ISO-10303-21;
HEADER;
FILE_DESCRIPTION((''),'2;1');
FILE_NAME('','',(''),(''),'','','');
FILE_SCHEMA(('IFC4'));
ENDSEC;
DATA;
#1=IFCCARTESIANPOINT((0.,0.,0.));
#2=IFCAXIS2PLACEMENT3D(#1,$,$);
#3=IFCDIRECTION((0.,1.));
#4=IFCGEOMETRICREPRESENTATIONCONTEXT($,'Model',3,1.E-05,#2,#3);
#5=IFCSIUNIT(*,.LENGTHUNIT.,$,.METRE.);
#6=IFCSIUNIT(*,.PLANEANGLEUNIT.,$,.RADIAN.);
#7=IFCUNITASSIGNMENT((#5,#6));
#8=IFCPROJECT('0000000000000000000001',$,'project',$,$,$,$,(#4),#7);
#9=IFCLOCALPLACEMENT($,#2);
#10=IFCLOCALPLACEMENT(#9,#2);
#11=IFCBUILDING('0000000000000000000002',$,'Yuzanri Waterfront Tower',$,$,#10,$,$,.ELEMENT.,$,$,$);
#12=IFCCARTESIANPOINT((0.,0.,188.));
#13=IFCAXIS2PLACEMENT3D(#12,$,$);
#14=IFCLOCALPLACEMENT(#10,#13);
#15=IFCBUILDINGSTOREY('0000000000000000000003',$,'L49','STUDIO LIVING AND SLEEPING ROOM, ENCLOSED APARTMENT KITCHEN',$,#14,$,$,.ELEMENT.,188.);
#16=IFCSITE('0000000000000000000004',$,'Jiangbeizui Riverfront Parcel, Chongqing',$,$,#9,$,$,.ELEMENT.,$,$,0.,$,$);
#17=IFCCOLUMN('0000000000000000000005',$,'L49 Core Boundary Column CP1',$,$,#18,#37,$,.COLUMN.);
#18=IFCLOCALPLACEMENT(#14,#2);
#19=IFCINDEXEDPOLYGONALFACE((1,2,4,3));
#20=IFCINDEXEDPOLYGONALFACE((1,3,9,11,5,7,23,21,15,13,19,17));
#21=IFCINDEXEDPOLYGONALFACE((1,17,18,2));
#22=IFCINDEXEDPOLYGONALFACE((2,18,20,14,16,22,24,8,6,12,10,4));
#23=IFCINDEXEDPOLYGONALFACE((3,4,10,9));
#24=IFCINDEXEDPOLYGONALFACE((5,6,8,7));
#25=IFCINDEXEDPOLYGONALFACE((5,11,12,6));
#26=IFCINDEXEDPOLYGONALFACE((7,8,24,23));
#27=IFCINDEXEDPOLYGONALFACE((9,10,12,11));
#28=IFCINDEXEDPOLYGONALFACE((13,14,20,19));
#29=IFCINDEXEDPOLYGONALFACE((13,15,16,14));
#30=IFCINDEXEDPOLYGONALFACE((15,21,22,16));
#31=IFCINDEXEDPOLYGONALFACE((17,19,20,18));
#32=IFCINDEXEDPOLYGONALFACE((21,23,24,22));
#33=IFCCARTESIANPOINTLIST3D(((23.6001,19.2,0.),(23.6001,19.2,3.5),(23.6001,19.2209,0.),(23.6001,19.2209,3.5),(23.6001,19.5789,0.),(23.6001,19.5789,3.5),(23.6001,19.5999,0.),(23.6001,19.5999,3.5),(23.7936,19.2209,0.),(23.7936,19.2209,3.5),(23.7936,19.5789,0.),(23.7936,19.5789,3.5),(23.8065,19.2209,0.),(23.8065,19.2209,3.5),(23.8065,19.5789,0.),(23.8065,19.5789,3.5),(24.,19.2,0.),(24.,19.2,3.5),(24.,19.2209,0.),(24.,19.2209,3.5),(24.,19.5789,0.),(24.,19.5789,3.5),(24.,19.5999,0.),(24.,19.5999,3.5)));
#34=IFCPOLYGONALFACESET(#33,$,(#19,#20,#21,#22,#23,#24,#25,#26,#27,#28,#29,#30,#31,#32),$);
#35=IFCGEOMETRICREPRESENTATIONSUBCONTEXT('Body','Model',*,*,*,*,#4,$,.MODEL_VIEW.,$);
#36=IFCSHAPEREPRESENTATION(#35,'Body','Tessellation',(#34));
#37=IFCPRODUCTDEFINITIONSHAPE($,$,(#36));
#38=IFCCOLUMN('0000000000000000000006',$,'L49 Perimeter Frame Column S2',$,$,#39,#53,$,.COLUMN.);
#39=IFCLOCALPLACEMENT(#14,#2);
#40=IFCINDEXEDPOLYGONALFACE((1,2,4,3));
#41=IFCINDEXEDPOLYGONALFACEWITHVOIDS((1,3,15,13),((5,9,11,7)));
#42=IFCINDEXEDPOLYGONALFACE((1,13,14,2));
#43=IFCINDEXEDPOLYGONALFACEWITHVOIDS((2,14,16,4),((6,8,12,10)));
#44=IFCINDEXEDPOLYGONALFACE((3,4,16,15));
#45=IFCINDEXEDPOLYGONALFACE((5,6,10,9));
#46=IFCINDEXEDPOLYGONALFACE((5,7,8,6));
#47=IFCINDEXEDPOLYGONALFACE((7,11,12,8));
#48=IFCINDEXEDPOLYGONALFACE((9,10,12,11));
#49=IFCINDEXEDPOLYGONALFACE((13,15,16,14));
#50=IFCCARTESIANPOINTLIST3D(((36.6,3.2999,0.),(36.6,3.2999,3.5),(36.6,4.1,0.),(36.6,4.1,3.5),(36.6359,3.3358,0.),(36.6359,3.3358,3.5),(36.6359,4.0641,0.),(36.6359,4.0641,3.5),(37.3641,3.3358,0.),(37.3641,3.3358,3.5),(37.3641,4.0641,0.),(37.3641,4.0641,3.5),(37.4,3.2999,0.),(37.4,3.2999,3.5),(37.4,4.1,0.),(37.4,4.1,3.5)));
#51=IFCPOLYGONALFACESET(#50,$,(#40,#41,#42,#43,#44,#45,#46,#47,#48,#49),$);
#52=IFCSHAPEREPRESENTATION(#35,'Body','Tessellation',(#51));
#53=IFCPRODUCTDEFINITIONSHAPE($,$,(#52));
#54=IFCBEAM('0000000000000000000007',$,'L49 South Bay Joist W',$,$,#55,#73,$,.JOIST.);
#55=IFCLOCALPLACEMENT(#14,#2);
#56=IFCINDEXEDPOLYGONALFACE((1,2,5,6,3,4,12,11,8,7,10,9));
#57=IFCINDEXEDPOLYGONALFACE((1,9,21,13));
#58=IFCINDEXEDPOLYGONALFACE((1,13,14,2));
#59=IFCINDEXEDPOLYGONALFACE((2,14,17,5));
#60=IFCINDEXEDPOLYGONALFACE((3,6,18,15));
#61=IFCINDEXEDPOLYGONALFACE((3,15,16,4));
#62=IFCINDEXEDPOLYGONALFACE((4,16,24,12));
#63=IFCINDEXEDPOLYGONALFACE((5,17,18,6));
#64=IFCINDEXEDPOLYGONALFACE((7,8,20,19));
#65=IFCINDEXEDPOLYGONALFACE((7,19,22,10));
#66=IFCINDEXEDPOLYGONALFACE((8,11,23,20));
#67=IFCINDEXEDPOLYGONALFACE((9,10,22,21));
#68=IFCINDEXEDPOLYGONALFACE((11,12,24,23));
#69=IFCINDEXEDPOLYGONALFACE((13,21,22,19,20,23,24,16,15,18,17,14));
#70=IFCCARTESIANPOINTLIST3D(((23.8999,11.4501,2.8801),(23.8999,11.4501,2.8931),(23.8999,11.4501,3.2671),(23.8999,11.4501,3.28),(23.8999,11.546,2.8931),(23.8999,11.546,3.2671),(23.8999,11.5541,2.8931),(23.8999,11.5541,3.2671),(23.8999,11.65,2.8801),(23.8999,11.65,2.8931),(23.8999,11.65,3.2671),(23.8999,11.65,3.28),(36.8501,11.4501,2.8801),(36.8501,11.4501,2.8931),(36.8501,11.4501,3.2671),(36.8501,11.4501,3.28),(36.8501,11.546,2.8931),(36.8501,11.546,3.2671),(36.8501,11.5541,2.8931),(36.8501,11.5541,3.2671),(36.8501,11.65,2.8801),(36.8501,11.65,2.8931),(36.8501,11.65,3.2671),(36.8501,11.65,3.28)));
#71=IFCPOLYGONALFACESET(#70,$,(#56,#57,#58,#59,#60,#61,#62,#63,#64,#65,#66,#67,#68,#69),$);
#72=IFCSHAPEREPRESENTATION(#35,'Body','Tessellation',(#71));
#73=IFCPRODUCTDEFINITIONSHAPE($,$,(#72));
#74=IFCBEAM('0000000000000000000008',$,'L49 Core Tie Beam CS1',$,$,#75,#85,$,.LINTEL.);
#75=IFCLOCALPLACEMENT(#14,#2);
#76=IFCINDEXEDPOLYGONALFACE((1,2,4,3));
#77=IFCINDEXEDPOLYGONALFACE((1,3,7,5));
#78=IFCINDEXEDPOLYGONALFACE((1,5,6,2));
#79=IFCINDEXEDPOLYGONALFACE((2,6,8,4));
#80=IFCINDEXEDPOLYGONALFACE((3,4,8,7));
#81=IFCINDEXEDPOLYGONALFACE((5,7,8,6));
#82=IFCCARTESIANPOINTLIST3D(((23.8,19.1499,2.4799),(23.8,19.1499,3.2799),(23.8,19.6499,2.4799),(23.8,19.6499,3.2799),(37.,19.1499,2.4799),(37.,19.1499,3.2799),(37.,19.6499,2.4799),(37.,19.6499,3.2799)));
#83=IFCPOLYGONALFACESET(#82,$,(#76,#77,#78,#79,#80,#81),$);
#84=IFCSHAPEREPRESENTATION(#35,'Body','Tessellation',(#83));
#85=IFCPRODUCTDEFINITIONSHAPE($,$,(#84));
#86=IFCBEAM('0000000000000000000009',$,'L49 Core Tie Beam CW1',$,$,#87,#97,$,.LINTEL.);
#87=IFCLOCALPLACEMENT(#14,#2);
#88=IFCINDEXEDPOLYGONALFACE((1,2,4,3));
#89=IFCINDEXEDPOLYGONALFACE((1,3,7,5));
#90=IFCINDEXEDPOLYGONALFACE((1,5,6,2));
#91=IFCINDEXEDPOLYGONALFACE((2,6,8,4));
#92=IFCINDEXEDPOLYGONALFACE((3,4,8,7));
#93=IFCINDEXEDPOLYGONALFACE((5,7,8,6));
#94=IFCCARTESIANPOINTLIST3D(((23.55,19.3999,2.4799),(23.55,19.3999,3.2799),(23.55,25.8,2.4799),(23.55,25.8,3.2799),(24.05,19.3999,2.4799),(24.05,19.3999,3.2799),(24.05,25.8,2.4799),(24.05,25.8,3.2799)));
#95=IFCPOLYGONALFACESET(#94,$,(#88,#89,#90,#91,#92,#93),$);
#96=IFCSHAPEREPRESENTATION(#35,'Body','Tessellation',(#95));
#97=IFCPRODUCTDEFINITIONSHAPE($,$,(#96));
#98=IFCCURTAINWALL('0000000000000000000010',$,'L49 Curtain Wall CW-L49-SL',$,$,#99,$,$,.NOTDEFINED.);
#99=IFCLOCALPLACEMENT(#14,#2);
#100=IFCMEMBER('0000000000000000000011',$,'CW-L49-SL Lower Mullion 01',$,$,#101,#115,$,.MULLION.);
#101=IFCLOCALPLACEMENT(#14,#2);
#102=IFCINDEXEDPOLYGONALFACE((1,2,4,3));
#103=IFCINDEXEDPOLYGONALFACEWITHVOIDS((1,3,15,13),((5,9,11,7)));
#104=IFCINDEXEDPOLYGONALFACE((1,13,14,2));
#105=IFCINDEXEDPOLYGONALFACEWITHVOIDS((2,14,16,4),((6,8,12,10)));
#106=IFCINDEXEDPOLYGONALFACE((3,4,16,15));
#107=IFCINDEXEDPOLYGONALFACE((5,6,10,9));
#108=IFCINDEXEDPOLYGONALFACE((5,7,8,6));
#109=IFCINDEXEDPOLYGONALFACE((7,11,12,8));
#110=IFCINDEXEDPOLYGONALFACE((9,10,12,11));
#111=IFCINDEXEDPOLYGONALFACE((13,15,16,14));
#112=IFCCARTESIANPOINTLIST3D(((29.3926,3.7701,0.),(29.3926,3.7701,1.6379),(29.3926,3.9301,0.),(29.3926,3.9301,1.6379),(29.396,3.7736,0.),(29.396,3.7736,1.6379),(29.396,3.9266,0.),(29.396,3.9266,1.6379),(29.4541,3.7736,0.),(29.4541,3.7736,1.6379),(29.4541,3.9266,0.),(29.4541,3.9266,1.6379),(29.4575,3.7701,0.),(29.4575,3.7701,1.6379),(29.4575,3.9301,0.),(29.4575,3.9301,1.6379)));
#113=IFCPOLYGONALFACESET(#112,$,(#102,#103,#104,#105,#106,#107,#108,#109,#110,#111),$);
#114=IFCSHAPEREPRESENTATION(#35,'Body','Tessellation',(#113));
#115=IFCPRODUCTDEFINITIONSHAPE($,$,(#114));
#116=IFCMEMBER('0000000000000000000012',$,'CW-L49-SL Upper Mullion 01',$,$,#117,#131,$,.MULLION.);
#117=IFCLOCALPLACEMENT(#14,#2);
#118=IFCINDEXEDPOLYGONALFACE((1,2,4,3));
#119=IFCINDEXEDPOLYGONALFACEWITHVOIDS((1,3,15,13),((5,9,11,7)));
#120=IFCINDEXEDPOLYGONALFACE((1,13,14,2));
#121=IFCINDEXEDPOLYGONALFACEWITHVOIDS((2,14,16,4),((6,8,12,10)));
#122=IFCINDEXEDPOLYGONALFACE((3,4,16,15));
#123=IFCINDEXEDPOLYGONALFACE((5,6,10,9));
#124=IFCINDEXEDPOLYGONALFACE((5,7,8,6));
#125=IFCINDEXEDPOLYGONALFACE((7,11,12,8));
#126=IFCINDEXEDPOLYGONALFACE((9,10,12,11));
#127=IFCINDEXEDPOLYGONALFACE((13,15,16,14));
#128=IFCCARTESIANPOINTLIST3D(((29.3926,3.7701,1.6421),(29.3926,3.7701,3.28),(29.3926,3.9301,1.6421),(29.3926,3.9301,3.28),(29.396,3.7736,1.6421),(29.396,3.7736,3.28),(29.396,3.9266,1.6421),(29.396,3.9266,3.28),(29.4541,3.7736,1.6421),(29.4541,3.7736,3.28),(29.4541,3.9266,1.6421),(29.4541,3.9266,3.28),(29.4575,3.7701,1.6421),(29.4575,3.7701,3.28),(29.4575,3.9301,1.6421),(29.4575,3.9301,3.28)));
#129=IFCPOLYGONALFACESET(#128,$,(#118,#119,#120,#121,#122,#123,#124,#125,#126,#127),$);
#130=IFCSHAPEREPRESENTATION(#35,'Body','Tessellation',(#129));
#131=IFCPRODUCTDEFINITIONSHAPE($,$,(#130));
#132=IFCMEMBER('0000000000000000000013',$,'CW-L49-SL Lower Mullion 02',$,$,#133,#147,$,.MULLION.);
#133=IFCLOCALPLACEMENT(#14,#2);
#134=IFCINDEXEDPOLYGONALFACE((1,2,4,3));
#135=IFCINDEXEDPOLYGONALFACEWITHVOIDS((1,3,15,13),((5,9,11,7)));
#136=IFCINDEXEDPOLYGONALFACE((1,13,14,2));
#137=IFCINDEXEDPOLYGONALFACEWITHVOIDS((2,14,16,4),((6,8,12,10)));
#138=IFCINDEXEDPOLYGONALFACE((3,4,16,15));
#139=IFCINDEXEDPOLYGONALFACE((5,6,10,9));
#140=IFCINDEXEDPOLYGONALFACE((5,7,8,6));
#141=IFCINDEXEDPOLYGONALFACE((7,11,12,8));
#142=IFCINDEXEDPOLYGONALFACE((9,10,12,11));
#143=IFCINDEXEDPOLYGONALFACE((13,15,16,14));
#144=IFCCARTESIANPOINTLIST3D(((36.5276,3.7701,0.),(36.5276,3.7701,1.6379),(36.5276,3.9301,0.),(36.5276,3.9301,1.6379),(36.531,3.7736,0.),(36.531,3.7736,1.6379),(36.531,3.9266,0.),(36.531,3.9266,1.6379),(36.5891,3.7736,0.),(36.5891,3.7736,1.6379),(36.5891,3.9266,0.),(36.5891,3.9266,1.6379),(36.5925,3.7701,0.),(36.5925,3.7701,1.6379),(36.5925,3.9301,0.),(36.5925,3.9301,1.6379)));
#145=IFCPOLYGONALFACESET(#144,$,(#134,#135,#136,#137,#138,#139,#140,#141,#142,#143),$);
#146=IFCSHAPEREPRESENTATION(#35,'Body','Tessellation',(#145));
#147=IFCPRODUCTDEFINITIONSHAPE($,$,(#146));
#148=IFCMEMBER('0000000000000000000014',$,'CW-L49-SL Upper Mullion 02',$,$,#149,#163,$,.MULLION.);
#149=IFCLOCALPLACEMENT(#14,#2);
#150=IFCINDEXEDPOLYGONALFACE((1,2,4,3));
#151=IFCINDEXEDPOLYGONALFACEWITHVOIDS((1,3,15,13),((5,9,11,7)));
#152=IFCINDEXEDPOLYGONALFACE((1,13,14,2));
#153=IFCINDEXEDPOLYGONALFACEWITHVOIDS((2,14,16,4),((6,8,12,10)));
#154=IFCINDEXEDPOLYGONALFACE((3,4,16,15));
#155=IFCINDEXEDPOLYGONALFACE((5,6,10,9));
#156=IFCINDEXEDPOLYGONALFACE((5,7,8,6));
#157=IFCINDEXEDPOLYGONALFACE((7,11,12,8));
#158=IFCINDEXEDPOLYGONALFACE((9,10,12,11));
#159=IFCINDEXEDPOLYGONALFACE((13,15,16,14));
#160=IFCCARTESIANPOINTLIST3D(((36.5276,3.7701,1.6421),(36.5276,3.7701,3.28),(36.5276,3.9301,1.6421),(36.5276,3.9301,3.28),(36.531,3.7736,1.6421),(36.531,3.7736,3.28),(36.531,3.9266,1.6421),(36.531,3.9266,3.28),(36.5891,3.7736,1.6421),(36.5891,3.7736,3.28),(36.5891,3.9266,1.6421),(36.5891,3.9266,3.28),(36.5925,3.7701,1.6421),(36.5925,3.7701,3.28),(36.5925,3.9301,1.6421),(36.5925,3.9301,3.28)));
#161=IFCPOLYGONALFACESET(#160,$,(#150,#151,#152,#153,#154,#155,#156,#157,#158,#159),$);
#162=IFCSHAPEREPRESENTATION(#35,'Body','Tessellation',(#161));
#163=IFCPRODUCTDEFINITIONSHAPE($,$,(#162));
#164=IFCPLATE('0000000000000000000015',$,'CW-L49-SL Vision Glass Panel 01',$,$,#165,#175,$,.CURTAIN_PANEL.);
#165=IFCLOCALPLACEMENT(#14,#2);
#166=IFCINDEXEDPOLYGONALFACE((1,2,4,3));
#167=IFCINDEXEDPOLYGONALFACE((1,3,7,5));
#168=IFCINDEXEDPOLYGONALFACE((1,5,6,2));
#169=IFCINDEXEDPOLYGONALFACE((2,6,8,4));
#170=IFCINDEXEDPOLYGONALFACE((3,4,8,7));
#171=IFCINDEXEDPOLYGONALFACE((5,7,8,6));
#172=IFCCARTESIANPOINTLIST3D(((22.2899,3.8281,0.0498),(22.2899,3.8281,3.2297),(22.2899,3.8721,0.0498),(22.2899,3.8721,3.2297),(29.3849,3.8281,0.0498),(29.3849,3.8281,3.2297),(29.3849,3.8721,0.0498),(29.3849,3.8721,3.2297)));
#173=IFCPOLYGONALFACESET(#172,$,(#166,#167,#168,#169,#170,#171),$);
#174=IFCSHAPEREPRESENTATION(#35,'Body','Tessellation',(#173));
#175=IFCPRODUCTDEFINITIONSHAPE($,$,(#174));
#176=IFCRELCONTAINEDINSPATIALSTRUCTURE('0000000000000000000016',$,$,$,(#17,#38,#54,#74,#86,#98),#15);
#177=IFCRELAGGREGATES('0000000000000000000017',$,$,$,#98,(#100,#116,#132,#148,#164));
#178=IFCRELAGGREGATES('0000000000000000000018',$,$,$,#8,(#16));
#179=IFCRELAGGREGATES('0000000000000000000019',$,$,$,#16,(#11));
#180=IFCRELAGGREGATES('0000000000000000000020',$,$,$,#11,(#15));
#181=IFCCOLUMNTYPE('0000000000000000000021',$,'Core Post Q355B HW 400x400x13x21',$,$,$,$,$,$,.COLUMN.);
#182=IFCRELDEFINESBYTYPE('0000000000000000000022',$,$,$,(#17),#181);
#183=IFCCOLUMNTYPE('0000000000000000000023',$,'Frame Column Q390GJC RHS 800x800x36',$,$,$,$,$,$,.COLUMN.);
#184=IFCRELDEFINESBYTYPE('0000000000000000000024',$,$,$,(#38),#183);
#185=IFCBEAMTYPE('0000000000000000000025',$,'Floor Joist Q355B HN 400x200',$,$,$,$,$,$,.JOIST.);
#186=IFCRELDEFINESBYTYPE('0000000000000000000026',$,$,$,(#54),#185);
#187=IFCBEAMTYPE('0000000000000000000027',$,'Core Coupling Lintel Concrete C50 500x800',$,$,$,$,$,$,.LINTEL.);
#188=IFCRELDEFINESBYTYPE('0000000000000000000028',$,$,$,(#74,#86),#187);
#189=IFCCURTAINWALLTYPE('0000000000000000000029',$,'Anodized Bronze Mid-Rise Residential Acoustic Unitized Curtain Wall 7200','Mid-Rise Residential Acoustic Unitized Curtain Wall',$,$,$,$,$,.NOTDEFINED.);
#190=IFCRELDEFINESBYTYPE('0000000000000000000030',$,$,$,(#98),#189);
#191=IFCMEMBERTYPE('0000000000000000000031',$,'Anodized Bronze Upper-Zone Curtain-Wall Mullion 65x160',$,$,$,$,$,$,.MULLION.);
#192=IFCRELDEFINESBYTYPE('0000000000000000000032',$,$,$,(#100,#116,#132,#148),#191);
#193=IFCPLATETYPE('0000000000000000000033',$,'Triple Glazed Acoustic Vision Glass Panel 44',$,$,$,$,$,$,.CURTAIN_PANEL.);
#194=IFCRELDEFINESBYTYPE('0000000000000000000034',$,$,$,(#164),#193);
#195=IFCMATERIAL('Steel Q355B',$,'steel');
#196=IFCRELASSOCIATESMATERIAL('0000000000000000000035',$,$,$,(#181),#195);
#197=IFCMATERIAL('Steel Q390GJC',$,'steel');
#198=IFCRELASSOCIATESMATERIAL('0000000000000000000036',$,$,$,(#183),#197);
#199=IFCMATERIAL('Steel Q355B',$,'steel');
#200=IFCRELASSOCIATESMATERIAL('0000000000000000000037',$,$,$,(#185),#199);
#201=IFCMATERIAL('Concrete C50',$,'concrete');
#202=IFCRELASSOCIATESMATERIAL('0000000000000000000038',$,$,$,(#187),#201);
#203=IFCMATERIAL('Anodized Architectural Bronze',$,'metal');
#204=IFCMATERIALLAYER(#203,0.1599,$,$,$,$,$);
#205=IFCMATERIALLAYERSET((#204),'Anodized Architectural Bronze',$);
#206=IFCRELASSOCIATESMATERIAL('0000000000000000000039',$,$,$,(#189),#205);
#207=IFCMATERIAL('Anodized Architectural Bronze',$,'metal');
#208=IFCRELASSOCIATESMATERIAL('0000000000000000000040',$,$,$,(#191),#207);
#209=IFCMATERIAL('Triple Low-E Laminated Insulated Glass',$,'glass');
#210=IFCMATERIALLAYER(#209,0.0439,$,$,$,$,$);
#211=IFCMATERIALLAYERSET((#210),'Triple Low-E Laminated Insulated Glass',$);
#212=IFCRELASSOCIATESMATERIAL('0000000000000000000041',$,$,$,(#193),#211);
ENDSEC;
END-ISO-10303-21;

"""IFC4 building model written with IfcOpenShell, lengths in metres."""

from ifc_helpers import new_model, si_unit, direction, frame, origin, origin_2d, place, context, subcontext, project, spatial, rectangle, hollow_rectangle, i_section, extrude, source, transform, mapped, material, layer, layer_set, material_profile, profile_set, type_object, element, aggregate, save


model = new_model("IFC4")

# Units and contexts
model_context = context("Model", 3, precision=1e-05, world=origin(), true_north=direction((0.0, 1.0)))
body_context = subcontext(model_context, "Body", "Model", "MODEL_VIEW")
ifc_project = project(units=[si_unit("LENGTHUNIT", "METRE"), si_unit("PLANEANGLEUNIT", "RADIAN")], contexts=[model_context])

# Site, building, storey
site_placement = place(None, origin())
site = spatial("IfcSite", under=ifc_project, at=site_placement, Name="Jiangbeizui Riverfront Parcel, Chongqing", CompositionType="ELEMENT", RefElevation=0.0)
building_placement = place(site_placement, origin())
building = spatial("IfcBuilding", under=site, at=building_placement, Name="Yuzanri Waterfront Tower", CompositionType="ELEMENT")
storey_placement = place(building_placement, frame((0.0, 0.0, 188.0)))
storey = spatial("IfcBuildingStorey", under=building, at=storey_placement, Name="L49", Description="STUDIO LIVING AND SLEEPING ROOM, ENCLOSED APARTMENT KITCHEN", CompositionType="ELEMENT", Elevation=188.0)

# Columns
ifc_material_1 = material(Name="Steel Q355B", Category="steel")
ifc_material_profile_1 = material_profile(ifc_material_1, i_section(OverallWidth=0.3999, OverallDepth=0.3999, WebThickness=0.0129, FlangeThickness=0.021, at=origin_2d()), Name="HW 400x400x13x21")
ifc_profile_set_1 = profile_set([ifc_material_profile_1], Name="Steel Q355B")
column_type_1 = type_object("IfcColumnType", Name="Core Post Q355B HW 400x400x13x21", PredefinedType="COLUMN", material=ifc_profile_set_1)
shared_shape_1 = source(origin(), body_context, "Body", "SweptSolid", [
    extrude(i_section(OverallWidth=0.3999, OverallDepth=0.3999, WebThickness=0.0129, FlangeThickness=0.021, at=origin_2d()), origin(), (0.0, 0.0, 1.0), 3.5),
])
column_1_placement = place(storey_placement, frame((23.8, 19.3999, 0.0), z_axis=(0.0, 0.0, 1.0), x_axis=(1.0, 0.0, 0.0)))
element("IfcColumn", 1, at=column_1_placement, inside=storey, type_object=column_type_1, Name="L49 Core Boundary Column CP1", PredefinedType="COLUMN", context=body_context, shape_type="MappedRepresentation", body=[
    mapped(shared_shape_1, transform((0.0, 0.0, 0.0), scale=1.0)),
])
ifc_material_2 = material(Name="Steel Q390GJC", Category="steel")
ifc_material_profile_2 = material_profile(ifc_material_2, hollow_rectangle(XDim=0.8, YDim=0.8, WallThickness=0.0359, at=origin_2d()), Name="RHS 800x800x36")
ifc_profile_set_2 = profile_set([ifc_material_profile_2], Name="Steel Q390GJC")
column_type_2 = type_object("IfcColumnType", Name="Frame Column Q390GJC RHS 800x800x36", PredefinedType="COLUMN", material=ifc_profile_set_2)
shared_shape_2 = source(origin(), body_context, "Body", "SweptSolid", [
    extrude(hollow_rectangle(XDim=0.8, YDim=0.8, WallThickness=0.0359, at=origin_2d()), origin(), (0.0, 0.0, 1.0), 3.5),
])
column_2_placement = place(storey_placement, frame((37.0, 3.7, 0.0), z_axis=(0.0, 0.0, 1.0), x_axis=(1.0, 0.0, 0.0)))
element("IfcColumn", 2, at=column_2_placement, inside=storey, type_object=column_type_2, Name="L49 Perimeter Frame Column S2", PredefinedType="COLUMN", context=body_context, shape_type="MappedRepresentation", body=[
    mapped(shared_shape_2, transform((0.0, 0.0, 0.0), scale=1.0)),
])

# Beams
ifc_material_3 = material(Name="Steel Q355B", Category="steel")
ifc_material_profile_3 = material_profile(ifc_material_3, i_section(OverallWidth=0.2, OverallDepth=0.3999, WebThickness=0.0081, FlangeThickness=0.0129, at=origin_2d()), Name="HN 400x200x8x13")
ifc_profile_set_3 = profile_set([ifc_material_profile_3], Name="Steel Q355B")
beam_type_1 = type_object("IfcBeamType", Name="Floor Joist Q355B HN 400x200", PredefinedType="JOIST", material=ifc_profile_set_3)
shared_shape_3 = source(origin(), body_context, "Body", "SweptSolid", [
    extrude(i_section(OverallWidth=0.2, OverallDepth=0.3999, WebThickness=0.0081, FlangeThickness=0.0129, at=origin_2d()), origin(), (0.0, 0.0, 1.0), 12.9502),
])
beam_1_placement = place(storey_placement, frame((23.8999, 11.55, 3.0801), z_axis=(1.0, 0.0, 0.0), x_axis=(0.0, 1.0, 0.0)))
element("IfcBeam", 3, at=beam_1_placement, inside=storey, type_object=beam_type_1, Name="L49 South Bay Joist W", PredefinedType="JOIST", context=body_context, shape_type="MappedRepresentation", body=[
    mapped(shared_shape_3, transform((0.0, 0.0, 0.0), scale=1.0)),
])
ifc_material_4 = material(Name="Concrete C50", Category="concrete")
ifc_material_profile_4 = material_profile(ifc_material_4, rectangle(XDim=0.5, YDim=0.8, at=origin_2d()), Name="RC 500x800")
ifc_profile_set_4 = profile_set([ifc_material_profile_4], Name="Concrete C50")
beam_type_2 = type_object("IfcBeamType", Name="Core Coupling Lintel Concrete C50 500x800", PredefinedType="LINTEL", material=ifc_profile_set_4)
shared_shape_4 = source(origin(), body_context, "Body", "SweptSolid", [
    extrude(rectangle(XDim=0.5, YDim=0.8, at=origin_2d()), origin(), (0.0, 0.0, 1.0), 13.2),
])
beam_2_placement = place(storey_placement, frame((23.8, 19.3999, 2.8799), z_axis=(1.0, 0.0, 0.0), x_axis=(0.0, 1.0, 0.0)))
element("IfcBeam", 4, at=beam_2_placement, inside=storey, type_object=beam_type_2, Name="L49 Core Tie Beam CS1", PredefinedType="LINTEL", context=body_context, shape_type="MappedRepresentation", body=[
    mapped(shared_shape_4, transform((0.0, 0.0, 0.0), scale=1.0)),
])
shared_shape_5 = source(origin(), body_context, "Body", "SweptSolid", [
    extrude(rectangle(XDim=0.5, YDim=0.8, at=origin_2d()), origin(), (0.0, 0.0, 1.0), 6.4001),
])
beam_3_placement = place(storey_placement, frame((23.8, 19.3999, 2.8799), z_axis=(0.0, 1.0, 0.0), x_axis=(-1.0, 0.0, 0.0)))
element("IfcBeam", 5, at=beam_3_placement, inside=storey, type_object=beam_type_2, Name="L49 Core Tie Beam CW1", PredefinedType="LINTEL", context=body_context, shape_type="MappedRepresentation", body=[
    mapped(shared_shape_5, transform((0.0, 0.0, 0.0), scale=1.0)),
])

# Curtain wall, members, plate
ifc_material_5 = material(Name="Anodized Architectural Bronze", Category="metal")
ifc_layer_1 = layer(ifc_material_5, 0.1599)
ifc_layer_set_1 = layer_set([ifc_layer_1], Name="Anodized Architectural Bronze")
curtain_wall_type = type_object("IfcCurtainWallType", Name="Anodized Bronze Mid-Rise Residential Acoustic Unitized Curtain Wall 7200", Description="Mid-Rise Residential Acoustic Unitized Curtain Wall", PredefinedType="NOTDEFINED", material=ifc_layer_set_1)
curtain_wall_placement = place(storey_placement, origin())
curtain_wall = element("IfcCurtainWall", 6, at=curtain_wall_placement, inside=storey, type_object=curtain_wall_type, Name="L49 Curtain Wall CW-L49-SL", PredefinedType="NOTDEFINED")
ifc_material_6 = material(Name="Anodized Architectural Bronze", Category="metal")
ifc_material_profile_5 = material_profile(ifc_material_6, hollow_rectangle(XDim=0.0649, YDim=0.1599, WallThickness=0.0034, at=origin_2d()), Name="CWM 65x160")
ifc_profile_set_5 = profile_set([ifc_material_profile_5], Name="Anodized Architectural Bronze")
member_type = type_object("IfcMemberType", Name="Anodized Bronze Upper-Zone Curtain-Wall Mullion 65x160", PredefinedType="MULLION", material=ifc_profile_set_5)
shared_shape_6 = source(origin(), body_context, "Body", "SweptSolid", [
    extrude(hollow_rectangle(XDim=0.0649, YDim=0.1599, WallThickness=0.0034, at=origin_2d()), origin(), (0.0, 0.0, 1.0), 1.6379),
])
member_1_placement = place(storey_placement, frame((29.425, 3.8501, 0.0), z_axis=(0.0, 0.0, 1.0), x_axis=(1.0, 0.0, 0.0)))
member_1 = element("IfcMember", 7, at=member_1_placement, type_object=member_type, Name="CW-L49-SL Lower Mullion 01", PredefinedType="MULLION", context=body_context, shape_type="MappedRepresentation", body=[
    mapped(shared_shape_6, transform((0.0, 0.0, 0.0), scale=1.0)),
])
member_2_placement = place(storey_placement, frame((29.425, 3.8501, 1.6421), z_axis=(0.0, 0.0, 1.0), x_axis=(1.0, 0.0, 0.0)))
member_2 = element("IfcMember", 8, at=member_2_placement, type_object=member_type, Name="CW-L49-SL Upper Mullion 01", PredefinedType="MULLION", context=body_context, shape_type="MappedRepresentation", body=[
    mapped(shared_shape_6, transform((0.0, 0.0, 0.0), scale=1.0)),
])
member_3_placement = place(storey_placement, frame((36.5601, 3.8501, 0.0), z_axis=(0.0, 0.0, 1.0), x_axis=(1.0, 0.0, 0.0)))
member_3 = element("IfcMember", 9, at=member_3_placement, type_object=member_type, Name="CW-L49-SL Lower Mullion 02", PredefinedType="MULLION", context=body_context, shape_type="MappedRepresentation", body=[
    mapped(shared_shape_6, transform((0.0, 0.0, 0.0), scale=1.0)),
])
member_4_placement = place(storey_placement, frame((36.5601, 3.8501, 1.6421), z_axis=(0.0, 0.0, 1.0), x_axis=(1.0, 0.0, 0.0)))
member_4 = element("IfcMember", 10, at=member_4_placement, type_object=member_type, Name="CW-L49-SL Upper Mullion 02", PredefinedType="MULLION", context=body_context, shape_type="MappedRepresentation", body=[
    mapped(shared_shape_6, transform((0.0, 0.0, 0.0), scale=1.0)),
])
ifc_material_7 = material(Name="Triple Low-E Laminated Insulated Glass", Category="glass")
ifc_layer_2 = layer(ifc_material_7, 0.0439)
ifc_layer_set_2 = layer_set([ifc_layer_2], Name="Triple Low-E Laminated Insulated Glass")
plate_type = type_object("IfcPlateType", Name="Triple Glazed Acoustic Vision Glass Panel 44", PredefinedType="CURTAIN_PANEL", material=ifc_layer_set_2)
shared_shape_7 = source(origin(), body_context, "Body", "SweptSolid", [
    extrude(rectangle(XDim=7.095, YDim=0.0439, at=origin_2d()), origin(), (0.0, 0.0, 1.0), 3.1799),
])
plate_1_placement = place(storey_placement, frame((25.8374, 3.8501, 0.0498), z_axis=(0.0, 0.0, 1.0), x_axis=(1.0, 0.0, 0.0)))
plate_1 = element("IfcPlate", 11, at=plate_1_placement, type_object=plate_type, Name="CW-L49-SL Vision Glass Panel 01", PredefinedType="CURTAIN_PANEL", context=body_context, shape_type="MappedRepresentation", body=[
    mapped(shared_shape_7, transform((0.0, 0.0, 0.0), scale=1.0)),
])
aggregate(curtain_wall, [member_1, member_2, member_3, member_4, plate_1])

save(model, "model.ifc")
